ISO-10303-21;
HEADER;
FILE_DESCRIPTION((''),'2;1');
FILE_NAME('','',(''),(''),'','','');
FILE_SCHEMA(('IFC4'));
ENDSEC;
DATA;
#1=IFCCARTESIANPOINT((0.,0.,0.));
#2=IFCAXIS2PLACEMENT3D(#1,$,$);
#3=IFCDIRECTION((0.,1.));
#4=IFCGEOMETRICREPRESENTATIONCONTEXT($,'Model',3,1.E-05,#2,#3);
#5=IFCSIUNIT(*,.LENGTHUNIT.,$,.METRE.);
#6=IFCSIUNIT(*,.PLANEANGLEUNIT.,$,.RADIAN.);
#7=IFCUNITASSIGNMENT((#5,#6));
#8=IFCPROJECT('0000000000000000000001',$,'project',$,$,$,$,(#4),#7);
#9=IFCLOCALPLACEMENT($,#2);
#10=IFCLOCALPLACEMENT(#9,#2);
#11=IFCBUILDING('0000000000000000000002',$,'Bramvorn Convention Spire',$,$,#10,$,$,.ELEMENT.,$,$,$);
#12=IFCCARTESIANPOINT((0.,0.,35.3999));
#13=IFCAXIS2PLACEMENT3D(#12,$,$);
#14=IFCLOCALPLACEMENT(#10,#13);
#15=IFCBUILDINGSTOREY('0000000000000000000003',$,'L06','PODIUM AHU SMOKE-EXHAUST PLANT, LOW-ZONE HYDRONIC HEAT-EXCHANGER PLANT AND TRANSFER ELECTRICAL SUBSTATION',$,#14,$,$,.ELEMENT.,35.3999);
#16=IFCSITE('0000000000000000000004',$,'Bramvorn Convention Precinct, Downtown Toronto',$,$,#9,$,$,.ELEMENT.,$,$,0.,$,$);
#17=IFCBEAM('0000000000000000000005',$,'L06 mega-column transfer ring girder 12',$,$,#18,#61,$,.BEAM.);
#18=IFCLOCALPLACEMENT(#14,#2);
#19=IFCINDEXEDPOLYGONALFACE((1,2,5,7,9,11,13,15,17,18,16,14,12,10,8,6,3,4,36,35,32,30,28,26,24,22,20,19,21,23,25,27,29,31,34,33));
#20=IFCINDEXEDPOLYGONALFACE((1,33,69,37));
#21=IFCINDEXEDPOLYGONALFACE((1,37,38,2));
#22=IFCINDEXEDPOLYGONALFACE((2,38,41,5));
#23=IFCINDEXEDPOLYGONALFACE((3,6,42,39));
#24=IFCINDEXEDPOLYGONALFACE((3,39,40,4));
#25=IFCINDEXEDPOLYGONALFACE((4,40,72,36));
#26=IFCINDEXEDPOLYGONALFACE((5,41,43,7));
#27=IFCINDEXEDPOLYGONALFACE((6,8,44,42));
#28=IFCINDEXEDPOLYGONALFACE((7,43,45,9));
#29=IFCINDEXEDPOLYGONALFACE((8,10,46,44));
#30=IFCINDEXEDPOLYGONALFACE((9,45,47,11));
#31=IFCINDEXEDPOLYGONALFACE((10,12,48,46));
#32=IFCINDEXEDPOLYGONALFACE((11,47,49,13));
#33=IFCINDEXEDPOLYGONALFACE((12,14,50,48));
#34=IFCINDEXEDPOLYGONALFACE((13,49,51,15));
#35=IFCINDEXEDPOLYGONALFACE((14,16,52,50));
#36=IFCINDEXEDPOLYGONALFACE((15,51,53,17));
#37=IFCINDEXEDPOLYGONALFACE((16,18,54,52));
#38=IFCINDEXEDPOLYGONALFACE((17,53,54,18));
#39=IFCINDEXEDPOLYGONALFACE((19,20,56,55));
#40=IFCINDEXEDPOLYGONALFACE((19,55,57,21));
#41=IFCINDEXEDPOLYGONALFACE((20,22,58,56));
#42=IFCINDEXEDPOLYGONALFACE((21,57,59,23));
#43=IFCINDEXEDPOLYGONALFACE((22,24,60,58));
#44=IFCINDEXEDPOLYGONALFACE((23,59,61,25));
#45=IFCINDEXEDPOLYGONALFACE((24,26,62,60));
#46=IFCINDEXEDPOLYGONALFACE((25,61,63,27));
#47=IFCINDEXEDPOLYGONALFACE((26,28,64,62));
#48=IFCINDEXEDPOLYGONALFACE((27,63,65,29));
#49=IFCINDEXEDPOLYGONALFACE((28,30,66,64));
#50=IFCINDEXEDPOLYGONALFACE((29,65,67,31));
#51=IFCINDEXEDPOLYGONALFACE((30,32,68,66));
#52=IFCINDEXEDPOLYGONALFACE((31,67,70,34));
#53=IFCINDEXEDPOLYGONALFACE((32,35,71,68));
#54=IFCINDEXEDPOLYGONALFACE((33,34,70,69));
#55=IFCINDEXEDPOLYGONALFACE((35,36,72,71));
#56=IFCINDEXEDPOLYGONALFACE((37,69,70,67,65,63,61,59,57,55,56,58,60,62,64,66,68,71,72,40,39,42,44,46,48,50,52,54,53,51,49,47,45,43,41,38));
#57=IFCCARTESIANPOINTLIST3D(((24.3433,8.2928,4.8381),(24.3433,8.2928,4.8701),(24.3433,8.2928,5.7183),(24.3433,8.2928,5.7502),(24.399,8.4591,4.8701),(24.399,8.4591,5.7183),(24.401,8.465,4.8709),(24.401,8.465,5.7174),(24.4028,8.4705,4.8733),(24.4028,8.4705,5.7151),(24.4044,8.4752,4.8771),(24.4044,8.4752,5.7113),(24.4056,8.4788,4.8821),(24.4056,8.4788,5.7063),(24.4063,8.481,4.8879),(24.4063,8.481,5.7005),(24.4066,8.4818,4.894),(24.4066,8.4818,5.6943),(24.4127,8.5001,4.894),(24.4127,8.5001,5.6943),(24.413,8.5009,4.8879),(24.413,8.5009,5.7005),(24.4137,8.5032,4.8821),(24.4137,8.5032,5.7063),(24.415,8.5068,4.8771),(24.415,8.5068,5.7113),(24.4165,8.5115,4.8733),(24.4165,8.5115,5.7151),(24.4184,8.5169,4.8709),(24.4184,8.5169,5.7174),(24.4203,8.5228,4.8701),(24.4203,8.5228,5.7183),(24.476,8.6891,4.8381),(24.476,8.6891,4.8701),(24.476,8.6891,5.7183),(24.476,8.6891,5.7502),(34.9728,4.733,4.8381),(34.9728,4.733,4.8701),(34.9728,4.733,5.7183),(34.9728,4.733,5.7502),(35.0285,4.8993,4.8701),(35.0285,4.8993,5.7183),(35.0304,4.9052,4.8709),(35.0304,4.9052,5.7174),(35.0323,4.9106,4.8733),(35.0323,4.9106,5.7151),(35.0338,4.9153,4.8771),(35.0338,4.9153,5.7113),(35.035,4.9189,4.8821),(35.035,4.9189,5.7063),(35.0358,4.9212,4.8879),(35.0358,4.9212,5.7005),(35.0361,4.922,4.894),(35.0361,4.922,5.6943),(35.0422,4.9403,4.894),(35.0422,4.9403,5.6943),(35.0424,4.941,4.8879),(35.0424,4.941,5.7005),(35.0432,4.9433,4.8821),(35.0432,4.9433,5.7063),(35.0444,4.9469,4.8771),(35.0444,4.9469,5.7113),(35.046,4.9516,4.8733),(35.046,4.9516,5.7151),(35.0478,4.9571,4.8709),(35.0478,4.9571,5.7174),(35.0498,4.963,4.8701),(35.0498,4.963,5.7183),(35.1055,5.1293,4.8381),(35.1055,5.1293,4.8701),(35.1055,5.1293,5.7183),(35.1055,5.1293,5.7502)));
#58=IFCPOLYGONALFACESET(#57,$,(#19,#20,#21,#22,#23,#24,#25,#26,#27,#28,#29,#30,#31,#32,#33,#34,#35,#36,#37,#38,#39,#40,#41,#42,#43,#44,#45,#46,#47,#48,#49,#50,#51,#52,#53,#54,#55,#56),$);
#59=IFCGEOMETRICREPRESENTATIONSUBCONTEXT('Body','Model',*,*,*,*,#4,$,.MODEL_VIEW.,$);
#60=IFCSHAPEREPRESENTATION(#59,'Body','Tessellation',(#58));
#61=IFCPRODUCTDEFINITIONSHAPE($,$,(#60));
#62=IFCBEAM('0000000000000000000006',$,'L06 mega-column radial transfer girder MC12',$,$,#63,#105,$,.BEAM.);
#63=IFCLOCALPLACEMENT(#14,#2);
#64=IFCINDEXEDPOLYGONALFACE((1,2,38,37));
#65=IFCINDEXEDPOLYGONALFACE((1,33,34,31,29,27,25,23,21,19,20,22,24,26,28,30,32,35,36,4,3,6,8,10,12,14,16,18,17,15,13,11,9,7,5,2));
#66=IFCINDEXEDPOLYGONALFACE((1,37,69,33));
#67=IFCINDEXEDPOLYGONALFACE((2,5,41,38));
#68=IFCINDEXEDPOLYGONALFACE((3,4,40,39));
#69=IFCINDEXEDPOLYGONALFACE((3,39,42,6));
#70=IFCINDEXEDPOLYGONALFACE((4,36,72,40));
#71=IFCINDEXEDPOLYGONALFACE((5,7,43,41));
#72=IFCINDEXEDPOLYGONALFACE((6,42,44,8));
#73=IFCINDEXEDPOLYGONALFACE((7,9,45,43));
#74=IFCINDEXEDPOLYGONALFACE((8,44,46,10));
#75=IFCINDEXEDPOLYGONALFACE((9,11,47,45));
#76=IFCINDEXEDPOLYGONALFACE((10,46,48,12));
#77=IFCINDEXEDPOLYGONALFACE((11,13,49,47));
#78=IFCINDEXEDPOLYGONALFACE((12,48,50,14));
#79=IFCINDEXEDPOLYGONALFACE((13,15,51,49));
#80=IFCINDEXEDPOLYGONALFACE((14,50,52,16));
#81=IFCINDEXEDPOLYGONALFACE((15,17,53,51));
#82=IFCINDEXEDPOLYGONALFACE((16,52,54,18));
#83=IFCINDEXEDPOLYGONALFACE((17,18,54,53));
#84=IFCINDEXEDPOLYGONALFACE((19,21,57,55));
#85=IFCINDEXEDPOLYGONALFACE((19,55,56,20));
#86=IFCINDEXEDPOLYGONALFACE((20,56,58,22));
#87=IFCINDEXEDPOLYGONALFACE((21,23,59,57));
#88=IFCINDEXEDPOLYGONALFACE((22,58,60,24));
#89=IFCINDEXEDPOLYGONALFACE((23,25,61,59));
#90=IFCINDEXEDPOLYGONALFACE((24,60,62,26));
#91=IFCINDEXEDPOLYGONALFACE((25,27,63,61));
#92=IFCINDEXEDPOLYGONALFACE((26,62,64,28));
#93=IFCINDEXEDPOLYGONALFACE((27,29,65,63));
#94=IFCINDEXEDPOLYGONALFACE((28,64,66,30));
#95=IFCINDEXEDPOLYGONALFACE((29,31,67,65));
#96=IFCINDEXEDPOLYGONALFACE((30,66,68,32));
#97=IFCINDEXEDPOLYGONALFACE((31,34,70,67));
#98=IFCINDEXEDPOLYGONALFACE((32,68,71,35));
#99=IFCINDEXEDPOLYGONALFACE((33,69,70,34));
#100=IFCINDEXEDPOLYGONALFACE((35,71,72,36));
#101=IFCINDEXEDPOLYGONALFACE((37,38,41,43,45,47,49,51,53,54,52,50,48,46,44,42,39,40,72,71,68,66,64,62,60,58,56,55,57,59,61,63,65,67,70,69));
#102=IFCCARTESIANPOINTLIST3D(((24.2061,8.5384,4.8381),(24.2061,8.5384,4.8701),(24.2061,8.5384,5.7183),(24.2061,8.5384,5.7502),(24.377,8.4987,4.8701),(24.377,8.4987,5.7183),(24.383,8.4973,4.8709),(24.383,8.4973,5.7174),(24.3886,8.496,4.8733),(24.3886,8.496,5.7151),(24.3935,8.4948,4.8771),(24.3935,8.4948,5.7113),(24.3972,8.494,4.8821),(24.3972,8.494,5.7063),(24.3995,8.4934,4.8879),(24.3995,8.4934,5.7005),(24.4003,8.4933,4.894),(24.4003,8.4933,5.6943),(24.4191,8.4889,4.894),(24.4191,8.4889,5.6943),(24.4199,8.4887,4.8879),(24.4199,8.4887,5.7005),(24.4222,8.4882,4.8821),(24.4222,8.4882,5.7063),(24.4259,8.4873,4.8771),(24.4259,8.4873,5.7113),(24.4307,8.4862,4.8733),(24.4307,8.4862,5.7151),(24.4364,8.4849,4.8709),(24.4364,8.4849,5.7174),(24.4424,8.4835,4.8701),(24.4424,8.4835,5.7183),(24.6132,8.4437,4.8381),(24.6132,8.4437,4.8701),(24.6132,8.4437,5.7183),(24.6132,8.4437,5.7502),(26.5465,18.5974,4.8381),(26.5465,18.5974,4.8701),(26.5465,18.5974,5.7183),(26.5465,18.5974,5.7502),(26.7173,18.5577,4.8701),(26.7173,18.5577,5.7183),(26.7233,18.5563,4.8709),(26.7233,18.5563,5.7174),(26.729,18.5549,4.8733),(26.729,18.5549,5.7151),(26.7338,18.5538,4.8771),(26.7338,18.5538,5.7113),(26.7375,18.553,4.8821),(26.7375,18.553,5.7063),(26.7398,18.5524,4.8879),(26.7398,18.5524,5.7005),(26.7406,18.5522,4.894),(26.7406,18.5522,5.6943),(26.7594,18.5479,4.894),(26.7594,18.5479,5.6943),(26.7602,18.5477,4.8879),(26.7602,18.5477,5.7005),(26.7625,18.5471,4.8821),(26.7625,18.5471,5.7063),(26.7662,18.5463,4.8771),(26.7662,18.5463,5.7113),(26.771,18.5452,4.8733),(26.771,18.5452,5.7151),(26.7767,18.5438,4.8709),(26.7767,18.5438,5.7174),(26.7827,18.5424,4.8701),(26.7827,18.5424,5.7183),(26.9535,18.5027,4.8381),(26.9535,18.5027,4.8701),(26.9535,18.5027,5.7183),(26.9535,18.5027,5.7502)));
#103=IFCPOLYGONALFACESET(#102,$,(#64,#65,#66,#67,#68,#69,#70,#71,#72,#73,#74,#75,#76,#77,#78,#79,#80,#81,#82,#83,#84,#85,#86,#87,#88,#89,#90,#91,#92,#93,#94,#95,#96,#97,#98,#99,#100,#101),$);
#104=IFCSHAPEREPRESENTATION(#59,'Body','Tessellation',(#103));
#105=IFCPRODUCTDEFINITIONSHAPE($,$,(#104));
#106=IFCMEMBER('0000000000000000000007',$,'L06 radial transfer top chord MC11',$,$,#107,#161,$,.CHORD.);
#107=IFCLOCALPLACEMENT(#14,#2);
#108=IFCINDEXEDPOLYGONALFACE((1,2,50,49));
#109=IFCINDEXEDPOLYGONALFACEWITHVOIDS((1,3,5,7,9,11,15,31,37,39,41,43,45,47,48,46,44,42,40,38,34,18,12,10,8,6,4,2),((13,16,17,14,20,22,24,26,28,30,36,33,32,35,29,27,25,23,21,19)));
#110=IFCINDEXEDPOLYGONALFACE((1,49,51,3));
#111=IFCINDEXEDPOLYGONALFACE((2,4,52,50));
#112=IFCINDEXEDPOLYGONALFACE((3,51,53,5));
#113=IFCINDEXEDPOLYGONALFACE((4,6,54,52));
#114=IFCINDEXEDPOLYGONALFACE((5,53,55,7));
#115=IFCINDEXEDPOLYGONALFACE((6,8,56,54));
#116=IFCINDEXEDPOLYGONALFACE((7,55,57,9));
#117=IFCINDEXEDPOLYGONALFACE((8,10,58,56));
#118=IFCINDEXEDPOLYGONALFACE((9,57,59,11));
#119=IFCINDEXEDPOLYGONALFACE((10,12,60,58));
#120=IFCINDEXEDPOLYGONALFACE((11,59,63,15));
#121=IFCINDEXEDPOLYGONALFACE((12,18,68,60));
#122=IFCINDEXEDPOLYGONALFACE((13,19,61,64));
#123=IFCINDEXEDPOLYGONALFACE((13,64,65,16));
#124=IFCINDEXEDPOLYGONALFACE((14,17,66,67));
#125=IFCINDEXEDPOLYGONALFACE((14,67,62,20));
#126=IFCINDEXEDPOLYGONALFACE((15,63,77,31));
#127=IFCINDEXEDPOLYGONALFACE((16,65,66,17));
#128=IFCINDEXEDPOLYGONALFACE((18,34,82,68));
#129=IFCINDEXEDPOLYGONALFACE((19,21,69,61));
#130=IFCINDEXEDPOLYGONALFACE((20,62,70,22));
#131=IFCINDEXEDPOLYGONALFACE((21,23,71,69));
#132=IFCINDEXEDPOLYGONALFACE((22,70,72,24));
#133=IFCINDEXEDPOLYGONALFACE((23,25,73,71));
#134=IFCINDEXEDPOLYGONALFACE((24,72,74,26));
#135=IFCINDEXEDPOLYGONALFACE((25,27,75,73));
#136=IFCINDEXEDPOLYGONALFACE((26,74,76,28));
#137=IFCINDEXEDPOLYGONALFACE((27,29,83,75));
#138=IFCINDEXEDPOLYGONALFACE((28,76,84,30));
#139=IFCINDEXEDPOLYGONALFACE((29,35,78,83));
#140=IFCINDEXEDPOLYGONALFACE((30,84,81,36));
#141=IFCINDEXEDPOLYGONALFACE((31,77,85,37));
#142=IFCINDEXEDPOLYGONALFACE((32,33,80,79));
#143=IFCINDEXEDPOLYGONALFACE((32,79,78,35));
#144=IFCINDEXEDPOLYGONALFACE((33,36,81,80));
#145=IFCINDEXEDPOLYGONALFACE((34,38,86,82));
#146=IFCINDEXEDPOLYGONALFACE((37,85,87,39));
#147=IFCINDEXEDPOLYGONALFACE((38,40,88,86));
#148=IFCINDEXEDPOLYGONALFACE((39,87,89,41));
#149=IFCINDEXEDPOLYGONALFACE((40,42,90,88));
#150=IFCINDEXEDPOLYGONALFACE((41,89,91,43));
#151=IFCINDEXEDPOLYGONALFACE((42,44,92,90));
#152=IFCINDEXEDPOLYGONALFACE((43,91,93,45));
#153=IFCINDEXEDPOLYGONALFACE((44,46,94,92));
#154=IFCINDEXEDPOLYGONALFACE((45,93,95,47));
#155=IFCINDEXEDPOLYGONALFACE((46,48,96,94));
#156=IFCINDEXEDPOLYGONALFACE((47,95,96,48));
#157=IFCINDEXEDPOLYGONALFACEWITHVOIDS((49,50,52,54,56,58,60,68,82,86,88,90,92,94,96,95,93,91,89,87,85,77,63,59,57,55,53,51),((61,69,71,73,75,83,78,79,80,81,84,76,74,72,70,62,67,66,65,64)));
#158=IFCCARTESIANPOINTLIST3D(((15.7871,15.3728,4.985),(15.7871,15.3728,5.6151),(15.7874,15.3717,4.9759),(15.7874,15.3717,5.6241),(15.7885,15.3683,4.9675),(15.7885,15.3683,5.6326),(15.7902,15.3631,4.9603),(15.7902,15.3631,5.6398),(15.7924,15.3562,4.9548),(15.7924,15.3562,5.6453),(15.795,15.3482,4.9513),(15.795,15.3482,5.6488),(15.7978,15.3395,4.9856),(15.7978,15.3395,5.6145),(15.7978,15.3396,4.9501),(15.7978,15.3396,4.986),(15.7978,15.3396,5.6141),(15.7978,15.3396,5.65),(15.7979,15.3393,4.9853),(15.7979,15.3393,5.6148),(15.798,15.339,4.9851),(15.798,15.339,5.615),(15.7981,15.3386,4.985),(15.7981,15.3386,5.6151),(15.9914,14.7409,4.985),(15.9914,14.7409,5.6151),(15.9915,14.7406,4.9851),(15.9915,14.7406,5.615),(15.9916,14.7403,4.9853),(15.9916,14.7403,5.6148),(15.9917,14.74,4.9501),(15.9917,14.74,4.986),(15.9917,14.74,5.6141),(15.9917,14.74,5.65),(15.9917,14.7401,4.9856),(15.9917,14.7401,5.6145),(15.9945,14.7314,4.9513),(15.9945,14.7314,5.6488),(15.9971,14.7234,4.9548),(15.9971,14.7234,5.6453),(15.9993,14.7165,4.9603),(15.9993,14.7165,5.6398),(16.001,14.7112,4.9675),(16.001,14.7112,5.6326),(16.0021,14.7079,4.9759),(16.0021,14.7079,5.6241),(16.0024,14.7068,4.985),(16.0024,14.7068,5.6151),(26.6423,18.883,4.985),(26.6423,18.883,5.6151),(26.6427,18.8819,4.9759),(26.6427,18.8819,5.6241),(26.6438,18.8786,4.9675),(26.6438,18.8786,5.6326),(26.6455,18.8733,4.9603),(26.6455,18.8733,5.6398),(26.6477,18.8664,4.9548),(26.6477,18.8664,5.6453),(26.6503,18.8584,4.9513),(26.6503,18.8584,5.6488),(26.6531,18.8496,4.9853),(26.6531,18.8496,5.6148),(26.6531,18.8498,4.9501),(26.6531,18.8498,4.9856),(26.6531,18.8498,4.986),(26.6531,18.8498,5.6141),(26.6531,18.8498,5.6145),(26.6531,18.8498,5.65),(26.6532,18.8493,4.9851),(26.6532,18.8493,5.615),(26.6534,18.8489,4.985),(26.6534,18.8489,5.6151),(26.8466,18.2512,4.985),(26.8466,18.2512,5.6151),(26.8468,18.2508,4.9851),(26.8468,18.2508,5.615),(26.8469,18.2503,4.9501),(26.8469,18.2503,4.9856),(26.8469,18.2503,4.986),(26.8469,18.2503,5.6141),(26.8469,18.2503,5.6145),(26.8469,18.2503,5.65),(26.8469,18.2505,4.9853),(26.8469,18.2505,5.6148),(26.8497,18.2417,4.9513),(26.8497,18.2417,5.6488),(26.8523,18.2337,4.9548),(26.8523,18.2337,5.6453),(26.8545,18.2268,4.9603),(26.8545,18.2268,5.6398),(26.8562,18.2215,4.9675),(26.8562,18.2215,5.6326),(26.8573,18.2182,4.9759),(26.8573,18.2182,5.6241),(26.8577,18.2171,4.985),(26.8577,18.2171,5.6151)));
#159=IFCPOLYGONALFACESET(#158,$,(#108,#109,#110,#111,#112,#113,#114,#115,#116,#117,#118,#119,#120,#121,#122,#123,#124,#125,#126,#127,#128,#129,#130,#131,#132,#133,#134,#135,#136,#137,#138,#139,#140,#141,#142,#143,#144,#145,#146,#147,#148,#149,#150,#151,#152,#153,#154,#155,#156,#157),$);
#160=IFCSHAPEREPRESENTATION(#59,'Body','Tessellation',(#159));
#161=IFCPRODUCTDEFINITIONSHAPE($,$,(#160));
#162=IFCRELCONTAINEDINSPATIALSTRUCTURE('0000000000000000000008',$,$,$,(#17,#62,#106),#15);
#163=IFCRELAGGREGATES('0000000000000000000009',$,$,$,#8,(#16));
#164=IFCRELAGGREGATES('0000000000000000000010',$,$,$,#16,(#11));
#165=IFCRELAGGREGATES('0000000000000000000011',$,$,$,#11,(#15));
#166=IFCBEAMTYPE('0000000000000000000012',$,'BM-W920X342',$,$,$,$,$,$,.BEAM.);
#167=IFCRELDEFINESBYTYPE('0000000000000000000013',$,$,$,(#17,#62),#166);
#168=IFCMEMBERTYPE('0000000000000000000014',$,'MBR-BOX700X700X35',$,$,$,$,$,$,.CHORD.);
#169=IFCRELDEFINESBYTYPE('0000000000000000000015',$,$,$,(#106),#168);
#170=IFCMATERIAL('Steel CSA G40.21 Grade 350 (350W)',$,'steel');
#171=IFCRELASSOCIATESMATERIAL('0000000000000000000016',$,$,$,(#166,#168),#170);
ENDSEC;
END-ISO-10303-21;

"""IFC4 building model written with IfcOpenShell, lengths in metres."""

from ifc_helpers import new_model, si_unit, direction, frame, origin, origin_2d, place, context, subcontext, project, spatial, hollow_rectangle, i_section, extrude, material, material_profile, profile_set, type_object, element, save


model = new_model("IFC4")

# Units and contexts
model_context = context("Model", 3, precision=1e-05, world=origin(), true_north=direction((0.0, 1.0)))
body_context = subcontext(model_context, "Body", "Model", "MODEL_VIEW")
ifc_project = project(units=[si_unit("LENGTHUNIT", "METRE"), si_unit("PLANEANGLEUNIT", "RADIAN")], contexts=[model_context])

# Site, building, storey
site_placement = place(None, origin())
site = spatial("IfcSite", under=ifc_project, at=site_placement, Name="Bramvorn Convention Precinct, Downtown Toronto", CompositionType="ELEMENT", RefElevation=0.0)
building_placement = place(site_placement, origin())
building = spatial("IfcBuilding", under=site, at=building_placement, Name="Bramvorn Convention Spire", CompositionType="ELEMENT")
storey_placement = place(building_placement, frame((0.0, 0.0, 35.3999)))
storey = spatial("IfcBuildingStorey", under=building, at=storey_placement, Name="L06", Description="PODIUM AHU SMOKE-EXHAUST PLANT, LOW-ZONE HYDRONIC HEAT-EXCHANGER PLANT AND TRANSFER ELECTRICAL SUBSTATION", CompositionType="ELEMENT", Elevation=35.3999)

# Shared definitions
ifc_material_1 = material(Name="Steel CSA G40.21 Grade 350 (350W)", Category="steel")

# Beams
ifc_material_profile_1 = material_profile(ifc_material_1, i_section(OverallWidth=0.418, OverallDepth=0.9121, WebThickness=0.0193, FlangeThickness=0.032, FilletRadius=0.0239, at=origin_2d()))
ifc_profile_set_1 = profile_set([ifc_material_profile_1], Name="Steel CSA G40.21 Grade 350 (350W) - W920X342")
beam_type = type_object("IfcBeamType", Name="BM-W920X342", PredefinedType="BEAM", material=ifc_profile_set_1)
beam_1_placement = place(storey_placement, frame((24.4097, 8.491, 5.2942), z_axis=(0.948236, -0.317567, 0.0), x_axis=(0.317567, 0.948236, 0.0)))
element("IfcBeam", 1, at=beam_1_placement, inside=storey, type_object=beam_type, Name="L06 mega-column transfer ring girder 12", PredefinedType="BEAM", context=body_context, shape_type="SweptSolid", body=[
    extrude(i_section(OverallWidth=0.418, OverallDepth=0.9121, WebThickness=0.0193, FlangeThickness=0.032, FilletRadius=0.0239, at=origin_2d()), origin(), (0.0, 0.0, 1.0), 11.2097),
])
beam_2_placement = place(storey_placement, frame((26.75, 18.55, 5.2942), z_axis=(-0.226606, -0.973986, 0.0), x_axis=(0.973986, -0.226606, 0.0)))
element("IfcBeam", 2, at=beam_2_placement, inside=storey, type_object=beam_type, Name="L06 mega-column radial transfer girder MC12", PredefinedType="BEAM", context=body_context, shape_type="SweptSolid", body=[
    extrude(i_section(OverallWidth=0.418, OverallDepth=0.9121, WebThickness=0.0193, FlangeThickness=0.032, FilletRadius=0.0239, at=origin_2d()), origin(), (0.0, 0.0, 1.0), 10.3276),
])

# Member
ifc_material_profile_2 = material_profile(ifc_material_1, hollow_rectangle(XDim=0.7, YDim=0.7, WallThickness=0.0349, InnerFilletRadius=0.001, OuterFilletRadius=0.0349, at=origin_2d()))
ifc_profile_set_2 = profile_set([ifc_material_profile_2], Name="Steel CSA G40.21 Grade 350 (350W) - BOX700X700X35")
member_type_1 = type_object("IfcMemberType", Name="MBR-BOX700X700X35", PredefinedType="CHORD", material=ifc_profile_set_2)
member_1_placement = place(storey_placement, frame((26.75, 18.55, 5.3), z_axis=(-0.951489, -0.307683, 0.0), x_axis=(0.307683, -0.951489, 0.0)))
element("IfcMember", 3, at=member_1_placement, inside=storey, type_object=member_type_1, Name="L06 radial transfer top chord MC11", PredefinedType="CHORD", context=body_context, shape_type="SweptSolid", body=[
    extrude(hollow_rectangle(XDim=0.7, YDim=0.7, WallThickness=0.0349, InnerFilletRadius=0.001, OuterFilletRadius=0.0349, at=origin_2d()), origin(), (0.0, 0.0, 1.0), 11.4087),
])

save(model, "model.ifc")
